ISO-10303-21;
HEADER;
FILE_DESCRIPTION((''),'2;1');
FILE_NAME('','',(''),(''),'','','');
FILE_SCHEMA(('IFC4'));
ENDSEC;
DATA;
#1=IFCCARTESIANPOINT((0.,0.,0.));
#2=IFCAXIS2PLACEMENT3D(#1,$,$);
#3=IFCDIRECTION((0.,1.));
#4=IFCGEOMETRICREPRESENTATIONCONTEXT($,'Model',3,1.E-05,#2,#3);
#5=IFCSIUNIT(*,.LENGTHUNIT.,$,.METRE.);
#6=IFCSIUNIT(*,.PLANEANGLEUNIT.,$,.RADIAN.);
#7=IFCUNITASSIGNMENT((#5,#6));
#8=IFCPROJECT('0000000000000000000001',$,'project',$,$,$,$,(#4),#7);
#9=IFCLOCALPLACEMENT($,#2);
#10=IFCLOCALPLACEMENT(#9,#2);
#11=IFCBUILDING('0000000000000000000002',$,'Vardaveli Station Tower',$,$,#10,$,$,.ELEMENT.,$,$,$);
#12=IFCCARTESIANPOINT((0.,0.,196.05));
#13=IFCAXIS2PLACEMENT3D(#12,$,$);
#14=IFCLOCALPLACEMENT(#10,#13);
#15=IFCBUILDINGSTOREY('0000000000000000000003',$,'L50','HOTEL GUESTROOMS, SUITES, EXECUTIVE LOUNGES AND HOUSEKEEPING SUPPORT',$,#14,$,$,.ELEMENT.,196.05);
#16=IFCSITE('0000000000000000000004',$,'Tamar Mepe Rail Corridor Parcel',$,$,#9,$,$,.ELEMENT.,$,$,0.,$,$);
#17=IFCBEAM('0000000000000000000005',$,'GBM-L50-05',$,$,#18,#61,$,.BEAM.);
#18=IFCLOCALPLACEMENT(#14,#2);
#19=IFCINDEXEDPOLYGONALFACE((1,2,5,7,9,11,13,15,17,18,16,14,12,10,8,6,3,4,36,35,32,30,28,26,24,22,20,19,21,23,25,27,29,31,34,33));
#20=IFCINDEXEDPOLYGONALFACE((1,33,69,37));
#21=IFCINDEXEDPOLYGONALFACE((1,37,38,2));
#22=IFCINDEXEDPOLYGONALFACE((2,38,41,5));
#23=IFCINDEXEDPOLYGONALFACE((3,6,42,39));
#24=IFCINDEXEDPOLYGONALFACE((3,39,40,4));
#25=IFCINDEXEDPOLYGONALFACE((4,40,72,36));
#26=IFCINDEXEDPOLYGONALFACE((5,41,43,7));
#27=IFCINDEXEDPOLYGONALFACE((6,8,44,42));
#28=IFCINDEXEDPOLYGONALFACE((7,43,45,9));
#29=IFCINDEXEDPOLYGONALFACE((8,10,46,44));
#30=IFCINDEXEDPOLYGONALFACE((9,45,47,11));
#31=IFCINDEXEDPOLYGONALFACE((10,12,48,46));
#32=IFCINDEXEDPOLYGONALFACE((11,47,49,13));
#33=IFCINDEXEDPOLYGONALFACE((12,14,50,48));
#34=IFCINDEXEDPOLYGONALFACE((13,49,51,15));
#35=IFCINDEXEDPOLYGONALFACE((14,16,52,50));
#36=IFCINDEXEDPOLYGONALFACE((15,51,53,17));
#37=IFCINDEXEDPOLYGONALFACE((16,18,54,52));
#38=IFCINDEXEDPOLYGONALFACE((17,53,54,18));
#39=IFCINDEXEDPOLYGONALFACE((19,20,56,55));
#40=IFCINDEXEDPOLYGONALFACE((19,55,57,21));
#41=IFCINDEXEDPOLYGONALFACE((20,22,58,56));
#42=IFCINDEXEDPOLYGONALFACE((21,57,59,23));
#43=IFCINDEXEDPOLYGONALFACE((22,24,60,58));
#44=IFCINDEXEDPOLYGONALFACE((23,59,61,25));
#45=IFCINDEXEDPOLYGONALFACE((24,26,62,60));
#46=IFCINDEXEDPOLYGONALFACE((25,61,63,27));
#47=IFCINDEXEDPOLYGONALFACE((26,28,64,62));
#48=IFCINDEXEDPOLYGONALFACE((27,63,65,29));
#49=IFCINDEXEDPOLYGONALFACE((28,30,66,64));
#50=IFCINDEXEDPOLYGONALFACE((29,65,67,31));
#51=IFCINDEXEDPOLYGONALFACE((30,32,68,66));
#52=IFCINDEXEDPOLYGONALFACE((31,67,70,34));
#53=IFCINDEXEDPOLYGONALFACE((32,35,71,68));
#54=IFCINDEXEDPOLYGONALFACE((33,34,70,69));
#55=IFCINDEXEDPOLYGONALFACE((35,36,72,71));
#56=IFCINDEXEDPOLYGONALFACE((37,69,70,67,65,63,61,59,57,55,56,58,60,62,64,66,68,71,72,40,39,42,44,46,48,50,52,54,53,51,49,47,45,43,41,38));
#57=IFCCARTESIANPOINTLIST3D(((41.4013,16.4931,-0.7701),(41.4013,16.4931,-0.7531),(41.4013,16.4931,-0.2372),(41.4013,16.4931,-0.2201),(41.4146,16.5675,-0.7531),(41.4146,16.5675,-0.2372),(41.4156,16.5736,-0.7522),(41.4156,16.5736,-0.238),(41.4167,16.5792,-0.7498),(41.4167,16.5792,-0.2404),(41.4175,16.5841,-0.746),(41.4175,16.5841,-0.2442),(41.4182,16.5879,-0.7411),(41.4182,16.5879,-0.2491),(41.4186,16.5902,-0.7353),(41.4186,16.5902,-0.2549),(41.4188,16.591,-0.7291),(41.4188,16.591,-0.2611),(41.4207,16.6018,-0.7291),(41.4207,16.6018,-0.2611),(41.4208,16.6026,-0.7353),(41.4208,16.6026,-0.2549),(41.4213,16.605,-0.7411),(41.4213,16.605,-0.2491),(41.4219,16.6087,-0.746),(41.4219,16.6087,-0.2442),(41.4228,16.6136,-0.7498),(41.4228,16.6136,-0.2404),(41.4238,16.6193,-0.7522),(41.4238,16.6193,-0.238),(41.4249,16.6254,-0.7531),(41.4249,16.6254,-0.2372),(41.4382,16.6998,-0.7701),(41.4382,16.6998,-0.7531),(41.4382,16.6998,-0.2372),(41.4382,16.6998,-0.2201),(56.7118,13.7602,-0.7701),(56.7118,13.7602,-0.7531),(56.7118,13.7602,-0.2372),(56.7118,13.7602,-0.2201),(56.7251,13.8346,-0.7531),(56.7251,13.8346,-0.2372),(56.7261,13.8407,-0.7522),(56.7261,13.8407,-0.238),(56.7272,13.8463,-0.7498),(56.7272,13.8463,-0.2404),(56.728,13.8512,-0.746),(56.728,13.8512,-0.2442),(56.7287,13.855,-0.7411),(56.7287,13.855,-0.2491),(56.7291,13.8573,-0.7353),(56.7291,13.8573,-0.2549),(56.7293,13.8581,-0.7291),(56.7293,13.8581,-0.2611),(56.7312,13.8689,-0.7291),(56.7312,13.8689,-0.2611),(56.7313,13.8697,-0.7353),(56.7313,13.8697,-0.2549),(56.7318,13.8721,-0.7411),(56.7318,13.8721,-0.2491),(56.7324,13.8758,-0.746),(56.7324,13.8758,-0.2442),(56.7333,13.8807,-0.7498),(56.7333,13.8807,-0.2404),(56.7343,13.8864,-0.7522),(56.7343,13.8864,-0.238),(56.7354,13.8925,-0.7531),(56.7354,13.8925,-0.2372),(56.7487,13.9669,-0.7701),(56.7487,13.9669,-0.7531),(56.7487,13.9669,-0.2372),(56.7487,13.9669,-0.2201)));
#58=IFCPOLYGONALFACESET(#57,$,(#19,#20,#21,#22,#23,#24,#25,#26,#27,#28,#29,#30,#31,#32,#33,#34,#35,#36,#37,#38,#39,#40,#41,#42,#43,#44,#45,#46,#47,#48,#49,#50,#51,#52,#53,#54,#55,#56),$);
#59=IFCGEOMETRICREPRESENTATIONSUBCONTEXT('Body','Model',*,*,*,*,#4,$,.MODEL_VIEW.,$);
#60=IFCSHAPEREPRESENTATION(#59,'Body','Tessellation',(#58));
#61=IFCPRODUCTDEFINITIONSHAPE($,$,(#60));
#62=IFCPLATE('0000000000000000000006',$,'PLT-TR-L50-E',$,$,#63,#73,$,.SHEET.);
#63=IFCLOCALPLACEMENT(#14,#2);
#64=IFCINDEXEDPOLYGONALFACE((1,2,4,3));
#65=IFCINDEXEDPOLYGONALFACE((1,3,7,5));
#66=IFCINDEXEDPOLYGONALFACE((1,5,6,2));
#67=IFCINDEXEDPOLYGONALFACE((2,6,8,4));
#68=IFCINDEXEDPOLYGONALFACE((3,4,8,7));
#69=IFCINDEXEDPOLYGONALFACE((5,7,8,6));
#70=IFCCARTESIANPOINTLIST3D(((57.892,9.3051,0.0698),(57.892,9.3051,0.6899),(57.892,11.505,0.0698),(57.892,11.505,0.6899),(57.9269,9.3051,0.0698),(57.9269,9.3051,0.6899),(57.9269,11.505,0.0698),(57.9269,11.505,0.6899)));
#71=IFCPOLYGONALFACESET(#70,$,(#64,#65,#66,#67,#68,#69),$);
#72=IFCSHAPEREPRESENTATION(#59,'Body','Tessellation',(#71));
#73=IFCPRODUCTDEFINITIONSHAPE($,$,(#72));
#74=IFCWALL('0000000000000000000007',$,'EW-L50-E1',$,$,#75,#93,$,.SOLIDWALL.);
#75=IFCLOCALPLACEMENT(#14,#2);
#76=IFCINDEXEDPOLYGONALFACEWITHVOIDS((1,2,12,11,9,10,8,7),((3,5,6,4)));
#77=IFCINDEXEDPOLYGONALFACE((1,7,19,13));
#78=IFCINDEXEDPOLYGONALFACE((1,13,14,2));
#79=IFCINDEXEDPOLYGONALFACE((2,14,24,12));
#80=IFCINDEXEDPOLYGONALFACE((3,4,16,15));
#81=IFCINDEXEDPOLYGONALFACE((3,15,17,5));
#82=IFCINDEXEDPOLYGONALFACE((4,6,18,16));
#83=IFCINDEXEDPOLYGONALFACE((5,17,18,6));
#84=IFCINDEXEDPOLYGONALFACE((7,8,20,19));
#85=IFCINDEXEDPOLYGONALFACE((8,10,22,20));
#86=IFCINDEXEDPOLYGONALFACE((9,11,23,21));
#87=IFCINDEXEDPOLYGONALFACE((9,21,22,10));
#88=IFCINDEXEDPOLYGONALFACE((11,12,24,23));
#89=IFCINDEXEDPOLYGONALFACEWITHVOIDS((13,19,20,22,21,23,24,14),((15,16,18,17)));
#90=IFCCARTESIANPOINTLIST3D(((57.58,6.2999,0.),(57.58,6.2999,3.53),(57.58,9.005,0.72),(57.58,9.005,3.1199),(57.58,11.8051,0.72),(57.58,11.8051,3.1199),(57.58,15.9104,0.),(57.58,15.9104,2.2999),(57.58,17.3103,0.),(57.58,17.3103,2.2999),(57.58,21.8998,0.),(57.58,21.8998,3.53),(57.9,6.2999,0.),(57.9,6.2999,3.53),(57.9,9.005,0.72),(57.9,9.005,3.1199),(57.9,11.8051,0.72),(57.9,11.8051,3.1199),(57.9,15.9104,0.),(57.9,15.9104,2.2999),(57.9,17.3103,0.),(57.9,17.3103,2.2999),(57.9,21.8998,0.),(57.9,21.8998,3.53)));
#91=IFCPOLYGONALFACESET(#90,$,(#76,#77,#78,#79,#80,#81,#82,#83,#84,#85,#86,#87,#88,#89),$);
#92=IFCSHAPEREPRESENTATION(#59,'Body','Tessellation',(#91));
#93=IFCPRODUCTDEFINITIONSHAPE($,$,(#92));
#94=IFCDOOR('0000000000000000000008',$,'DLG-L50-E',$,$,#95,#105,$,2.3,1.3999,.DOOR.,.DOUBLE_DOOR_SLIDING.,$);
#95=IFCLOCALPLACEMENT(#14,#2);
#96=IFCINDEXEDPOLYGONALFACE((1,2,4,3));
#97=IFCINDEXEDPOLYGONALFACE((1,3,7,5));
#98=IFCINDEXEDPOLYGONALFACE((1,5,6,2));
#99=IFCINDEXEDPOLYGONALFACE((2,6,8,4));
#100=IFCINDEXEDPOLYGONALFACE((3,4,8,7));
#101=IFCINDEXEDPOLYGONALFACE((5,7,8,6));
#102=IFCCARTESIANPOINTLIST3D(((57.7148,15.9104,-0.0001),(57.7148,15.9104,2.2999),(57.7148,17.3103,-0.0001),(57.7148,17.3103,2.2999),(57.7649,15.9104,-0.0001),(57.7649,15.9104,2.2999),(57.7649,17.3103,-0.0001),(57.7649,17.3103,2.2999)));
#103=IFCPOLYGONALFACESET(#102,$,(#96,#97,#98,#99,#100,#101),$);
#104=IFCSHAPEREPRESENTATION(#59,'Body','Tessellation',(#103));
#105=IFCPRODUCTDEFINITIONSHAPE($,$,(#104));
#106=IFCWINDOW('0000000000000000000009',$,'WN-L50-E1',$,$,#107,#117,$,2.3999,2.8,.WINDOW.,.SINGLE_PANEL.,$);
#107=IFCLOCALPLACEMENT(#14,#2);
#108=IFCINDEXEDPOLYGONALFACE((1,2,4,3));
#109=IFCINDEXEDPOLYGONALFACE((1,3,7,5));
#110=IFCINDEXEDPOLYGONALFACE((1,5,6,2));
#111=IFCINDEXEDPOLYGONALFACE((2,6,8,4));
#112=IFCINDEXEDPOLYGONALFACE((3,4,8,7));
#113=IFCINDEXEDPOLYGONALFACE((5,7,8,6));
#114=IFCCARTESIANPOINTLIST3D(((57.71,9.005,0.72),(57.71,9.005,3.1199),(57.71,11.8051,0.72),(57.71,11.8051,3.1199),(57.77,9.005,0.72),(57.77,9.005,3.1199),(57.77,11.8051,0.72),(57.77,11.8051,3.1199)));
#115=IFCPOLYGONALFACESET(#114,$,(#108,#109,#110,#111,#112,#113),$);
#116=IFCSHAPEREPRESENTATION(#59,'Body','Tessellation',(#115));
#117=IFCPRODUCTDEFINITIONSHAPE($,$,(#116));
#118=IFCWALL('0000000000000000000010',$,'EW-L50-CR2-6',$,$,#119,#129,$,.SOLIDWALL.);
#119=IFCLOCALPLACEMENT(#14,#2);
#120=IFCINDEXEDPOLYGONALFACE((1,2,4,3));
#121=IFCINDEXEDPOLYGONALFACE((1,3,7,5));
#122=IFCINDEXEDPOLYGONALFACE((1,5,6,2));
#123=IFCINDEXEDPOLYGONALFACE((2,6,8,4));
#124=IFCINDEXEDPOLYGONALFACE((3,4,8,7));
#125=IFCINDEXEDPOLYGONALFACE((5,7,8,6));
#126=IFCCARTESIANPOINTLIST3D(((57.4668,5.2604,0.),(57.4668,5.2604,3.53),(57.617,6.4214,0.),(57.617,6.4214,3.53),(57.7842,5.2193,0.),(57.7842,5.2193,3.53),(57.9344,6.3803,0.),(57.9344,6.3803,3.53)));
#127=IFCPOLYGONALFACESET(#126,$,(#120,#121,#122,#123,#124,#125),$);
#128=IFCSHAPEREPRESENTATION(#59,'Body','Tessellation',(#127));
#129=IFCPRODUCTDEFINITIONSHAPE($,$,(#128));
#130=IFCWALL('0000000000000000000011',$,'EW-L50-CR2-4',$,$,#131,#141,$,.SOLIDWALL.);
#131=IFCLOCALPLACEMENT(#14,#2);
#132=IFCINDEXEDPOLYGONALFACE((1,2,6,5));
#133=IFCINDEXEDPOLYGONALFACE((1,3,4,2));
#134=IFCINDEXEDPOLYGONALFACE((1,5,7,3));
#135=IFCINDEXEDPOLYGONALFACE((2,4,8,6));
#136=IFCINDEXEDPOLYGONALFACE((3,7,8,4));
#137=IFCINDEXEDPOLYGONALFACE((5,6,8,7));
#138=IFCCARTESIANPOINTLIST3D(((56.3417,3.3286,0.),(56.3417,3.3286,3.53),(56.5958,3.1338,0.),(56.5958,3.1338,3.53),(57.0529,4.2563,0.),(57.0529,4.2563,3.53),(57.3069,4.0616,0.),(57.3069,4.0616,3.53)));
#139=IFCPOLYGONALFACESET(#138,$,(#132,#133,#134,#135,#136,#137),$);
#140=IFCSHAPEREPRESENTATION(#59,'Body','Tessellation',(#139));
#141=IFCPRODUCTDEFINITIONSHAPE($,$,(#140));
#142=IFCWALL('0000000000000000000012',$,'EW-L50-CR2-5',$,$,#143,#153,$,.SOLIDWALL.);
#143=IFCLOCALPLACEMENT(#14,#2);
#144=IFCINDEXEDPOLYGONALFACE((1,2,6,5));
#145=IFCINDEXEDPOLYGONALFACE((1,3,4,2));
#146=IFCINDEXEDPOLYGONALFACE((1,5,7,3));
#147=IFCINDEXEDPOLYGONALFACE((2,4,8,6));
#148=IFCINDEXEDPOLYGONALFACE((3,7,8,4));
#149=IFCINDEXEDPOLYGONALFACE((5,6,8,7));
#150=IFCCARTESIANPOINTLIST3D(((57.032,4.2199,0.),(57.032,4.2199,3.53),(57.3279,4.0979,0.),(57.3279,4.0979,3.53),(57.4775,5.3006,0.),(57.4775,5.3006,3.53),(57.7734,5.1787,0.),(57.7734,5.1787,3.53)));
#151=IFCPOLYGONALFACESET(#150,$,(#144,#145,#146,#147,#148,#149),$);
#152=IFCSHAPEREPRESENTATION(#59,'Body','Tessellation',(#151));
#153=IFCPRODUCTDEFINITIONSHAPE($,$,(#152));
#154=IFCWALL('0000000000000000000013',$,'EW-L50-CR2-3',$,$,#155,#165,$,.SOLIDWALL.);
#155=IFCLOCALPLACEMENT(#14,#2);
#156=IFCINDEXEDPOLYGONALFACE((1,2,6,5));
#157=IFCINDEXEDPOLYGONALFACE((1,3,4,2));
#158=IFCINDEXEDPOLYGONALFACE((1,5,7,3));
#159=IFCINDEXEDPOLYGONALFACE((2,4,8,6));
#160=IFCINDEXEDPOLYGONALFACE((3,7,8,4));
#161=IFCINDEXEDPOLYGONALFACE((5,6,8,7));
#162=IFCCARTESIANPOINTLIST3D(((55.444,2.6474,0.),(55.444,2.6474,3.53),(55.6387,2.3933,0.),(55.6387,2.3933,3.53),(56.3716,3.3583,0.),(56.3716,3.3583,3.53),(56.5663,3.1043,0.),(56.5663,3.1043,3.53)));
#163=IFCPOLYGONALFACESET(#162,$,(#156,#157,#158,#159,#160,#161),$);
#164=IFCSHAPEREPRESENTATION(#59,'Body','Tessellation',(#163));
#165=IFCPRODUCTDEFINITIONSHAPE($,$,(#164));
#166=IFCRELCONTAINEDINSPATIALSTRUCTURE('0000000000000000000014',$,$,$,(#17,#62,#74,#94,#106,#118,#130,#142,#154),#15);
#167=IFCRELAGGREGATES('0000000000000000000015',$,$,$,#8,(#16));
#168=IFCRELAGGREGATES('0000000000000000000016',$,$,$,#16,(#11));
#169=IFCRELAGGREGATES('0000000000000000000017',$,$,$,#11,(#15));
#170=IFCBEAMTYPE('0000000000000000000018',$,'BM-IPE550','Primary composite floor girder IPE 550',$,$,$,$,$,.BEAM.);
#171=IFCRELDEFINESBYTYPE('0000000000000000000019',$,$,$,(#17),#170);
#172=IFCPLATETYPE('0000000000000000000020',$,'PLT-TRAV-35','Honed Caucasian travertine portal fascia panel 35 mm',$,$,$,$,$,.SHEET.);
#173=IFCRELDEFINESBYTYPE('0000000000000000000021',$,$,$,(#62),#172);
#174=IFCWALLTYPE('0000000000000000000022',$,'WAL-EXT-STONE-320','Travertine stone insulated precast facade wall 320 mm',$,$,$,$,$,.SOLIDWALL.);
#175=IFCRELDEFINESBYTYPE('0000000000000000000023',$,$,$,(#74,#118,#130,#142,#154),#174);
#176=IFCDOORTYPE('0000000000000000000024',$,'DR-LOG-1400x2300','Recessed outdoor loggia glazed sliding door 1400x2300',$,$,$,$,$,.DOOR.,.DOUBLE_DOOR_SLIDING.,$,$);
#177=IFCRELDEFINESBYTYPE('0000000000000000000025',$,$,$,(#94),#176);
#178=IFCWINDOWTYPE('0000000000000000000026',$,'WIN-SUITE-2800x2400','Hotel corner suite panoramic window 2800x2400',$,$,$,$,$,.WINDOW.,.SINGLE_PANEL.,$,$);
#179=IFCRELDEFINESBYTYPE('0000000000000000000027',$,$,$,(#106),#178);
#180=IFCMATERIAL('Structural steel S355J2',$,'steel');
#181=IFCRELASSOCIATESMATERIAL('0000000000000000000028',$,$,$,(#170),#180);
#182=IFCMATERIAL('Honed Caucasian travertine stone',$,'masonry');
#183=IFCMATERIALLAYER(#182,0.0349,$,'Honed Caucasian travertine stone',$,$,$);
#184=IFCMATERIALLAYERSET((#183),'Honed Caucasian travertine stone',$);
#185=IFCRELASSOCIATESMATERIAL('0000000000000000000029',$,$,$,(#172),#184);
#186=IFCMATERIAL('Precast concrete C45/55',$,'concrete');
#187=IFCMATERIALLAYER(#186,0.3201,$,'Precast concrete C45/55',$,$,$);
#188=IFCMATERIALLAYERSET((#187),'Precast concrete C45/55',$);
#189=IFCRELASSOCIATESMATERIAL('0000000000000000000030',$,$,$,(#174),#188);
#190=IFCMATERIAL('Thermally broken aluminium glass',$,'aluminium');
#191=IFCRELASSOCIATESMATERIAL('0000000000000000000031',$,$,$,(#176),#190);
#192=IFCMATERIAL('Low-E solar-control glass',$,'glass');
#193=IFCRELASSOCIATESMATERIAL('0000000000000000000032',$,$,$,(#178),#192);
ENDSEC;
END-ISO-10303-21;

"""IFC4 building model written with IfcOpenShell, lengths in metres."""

from ifc_helpers import new_model, si_unit, direction, frame, frame_2d, origin, origin_2d, place, context, subcontext, project, spatial, rectangle, i_section, extrude, source, transform, mapped, material, layer, layer_set, material_profile, profile_set, type_object, element, fill, save


model = new_model("IFC4")

# Units and contexts
model_context = context("Model", 3, precision=1e-05, world=origin(), true_north=direction((0.0, 1.0)))
body_context = subcontext(model_context, "Body", "Model", "MODEL_VIEW")
ifc_project = project(units=[si_unit("LENGTHUNIT", "METRE"), si_unit("PLANEANGLEUNIT", "RADIAN")], contexts=[model_context])

# Site, building, storey
site_placement = place(None, origin())
site = spatial("IfcSite", under=ifc_project, at=site_placement, Name="Tamar Mepe Rail Corridor Parcel", CompositionType="ELEMENT", RefElevation=0.0)
building_placement = place(site_placement, origin())
building = spatial("IfcBuilding", under=site, at=building_placement, Name="Vardaveli Station Tower", CompositionType="ELEMENT")
storey_placement = place(building_placement, frame((0.0, 0.0, 196.05)))
storey = spatial("IfcBuildingStorey", under=building, at=storey_placement, Name="L50", Description="HOTEL GUESTROOMS, SUITES, EXECUTIVE LOUNGES AND HOUSEKEEPING SUPPORT", CompositionType="ELEMENT", Elevation=196.05)

# Beam
ifc_material_1 = material(Name="Precast concrete C45/55", Category="concrete")
ifc_material_2 = material(Name="Structural steel S355J2", Category="steel")
ifc_material_profile_1 = material_profile(ifc_material_2, i_section(OverallWidth=0.21, OverallDepth=0.55, WebThickness=0.011, FlangeThickness=0.0171, FilletRadius=0.0239, at=origin_2d()), Name="IPE 550")
ifc_profile_set_1 = profile_set([ifc_material_profile_1], Name="Structural steel S355J2")
beam_type_1 = type_object("IfcBeamType", Name="BM-IPE550", Description="Primary composite floor girder IPE 550", PredefinedType="BEAM", material=ifc_profile_set_1)
shared_shape_1 = source(origin(), body_context, "Body", "SweptSolid", [
    extrude(i_section(OverallWidth=0.21, OverallDepth=0.55, WebThickness=0.011, FlangeThickness=0.0171, FilletRadius=0.0239, at=origin_2d()), origin(), (0.0, 0.0, 1.0), 15.5525),
])
beam_1_placement = place(storey_placement, frame((56.7302, 13.8635, -0.4951), z_axis=(-0.98444, 0.175721, 0.0), x_axis=(-0.175721, -0.98444, 0.0)))
element("IfcBeam", 1, at=beam_1_placement, inside=storey, type_object=beam_type_1, Name="GBM-L50-05", PredefinedType="BEAM", context=body_context, shape_type="MappedRepresentation", body=[
    mapped(shared_shape_1, transform((0.0, 0.0, 0.0), scale=1.0)),
])

# Plate
ifc_material_3 = material(Name="Honed Caucasian travertine stone", Category="masonry")
ifc_layer_1 = layer(ifc_material_3, 0.0349, Name="Honed Caucasian travertine stone")
ifc_layer_set_1 = layer_set([ifc_layer_1], Name="Honed Caucasian travertine stone")
plate_type = type_object("IfcPlateType", Name="PLT-TRAV-35", Description="Honed Caucasian travertine portal fascia panel 35 mm", PredefinedType="SHEET", material=ifc_layer_set_1)
shared_shape_2 = source(origin(), body_context, "Body", "SweptSolid", [
    extrude(rectangle(XDim=2.2, YDim=0.0349, at=origin_2d()), origin(), (0.0, 0.0, 1.0), 0.6201),
])
plate_placement = place(storey_placement, frame((57.9094, 10.405, 0.0698), z_axis=(0.0, 0.0, 1.0), x_axis=(0.0, 1.0, 0.0)))
element("IfcPlate", 2, at=plate_placement, inside=storey, type_object=plate_type, Name="PLT-TR-L50-E", PredefinedType="SHEET", context=body_context, shape_type="MappedRepresentation", body=[
    mapped(shared_shape_2, transform((0.0, 0.0, 0.0), scale=1.0)),
])

# Wall, openings, door, window
ifc_layer_2 = layer(ifc_material_1, 0.3201, Name="Precast concrete C45/55")
ifc_layer_set_2 = layer_set([ifc_layer_2], Name="Precast concrete C45/55")
wall_type_1 = type_object("IfcWallType", Name="WAL-EXT-STONE-320", Description="Travertine stone insulated precast facade wall 320 mm", PredefinedType="SOLIDWALL", material=ifc_layer_set_2)
shared_shape_3 = source(origin(), body_context, "Body", "SweptSolid", [
    extrude(rectangle(XDim=15.5999, YDim=0.3201, at=frame_2d((7.7998, 0.0))), origin(), (0.0, 0.0, 1.0), 3.53),
])
wall_1_placement = place(storey_placement, frame((57.74, 6.3, 0.0), z_axis=(0.0, 0.0, 1.0), x_axis=(0.0, 1.0, 0.0)))
wall_1 = element("IfcWall", 3, at=wall_1_placement, inside=storey, type_object=wall_type_1, Name="EW-L50-E1", PredefinedType="SOLIDWALL", context=body_context, shape_type="MappedRepresentation", body=[
    mapped(shared_shape_3, transform((0.0, 0.0, 0.0), scale=1.0)),
])
shared_shape_4 = source(origin(), body_context, "Body", "SweptSolid", [
    extrude(rectangle(XDim=1.3999, YDim=2.3, at=frame_2d((0.7, 1.1499))), frame((0.0, 0.1699, 0.0), z_axis=(0.0, -1.0, 0.0), x_axis=(1.0, 0.0, 0.0)), (0.0, 0.0, 1.0), 0.3401),
])
opening_1_placement = place(wall_1_placement, frame((9.6104, 0.0, 0.0)))
opening_1 = element("IfcOpeningElement", 4, at=opening_1_placement, cuts=wall_1, PredefinedType="OPENING", context=body_context, shape_type="MappedRepresentation", body=[
    mapped(shared_shape_4, transform((0.0, 0.0, 0.0), scale=1.0)),
])
shared_shape_5 = source(origin(), body_context, "Body", "SweptSolid", [
    extrude(rectangle(XDim=2.8, YDim=2.3999, at=frame_2d((1.3999, 1.2))), frame((0.0, 0.1699, 0.0), z_axis=(0.0, -1.0, 0.0), x_axis=(1.0, 0.0, 0.0)), (0.0, 0.0, 1.0), 0.3401),
])
opening_2_placement = place(wall_1_placement, frame((2.7051, 0.0, 0.72)))
opening_2 = element("IfcOpeningElement", 5, at=opening_2_placement, cuts=wall_1, PredefinedType="OPENING", context=body_context, shape_type="MappedRepresentation", body=[
    mapped(shared_shape_5, transform((0.0, 0.0, 0.0), scale=1.0)),
])
ifc_material_4 = material(Name="Thermally broken aluminium glass", Category="aluminium")
door_type_1 = type_object("IfcDoorType", Name="DR-LOG-1400x2300", Description="Recessed outdoor loggia glazed sliding door 1400x2300", OperationType="DOUBLE_DOOR_SLIDING", PredefinedType="DOOR", material=ifc_material_4)
shared_shape_6 = source(origin(), body_context, "Body", "SweptSolid", [
    extrude(rectangle(XDim=1.3999, YDim=2.3, at=frame_2d((0.7, 1.1499))), frame((0.0, 0.0249, 0.0), z_axis=(0.0, -1.0, 0.0), x_axis=(1.0, 0.0, 0.0)), (0.0, 0.0, 1.0), 0.05),
])
door_1_placement = place(opening_1_placement, frame((1.3999, 0.0, 0.0), z_axis=(0.0, 0.0, 1.0), x_axis=(-1.0, 0.0, 0.0)))
door_1 = element("IfcDoor", 6, at=door_1_placement, inside=storey, type_object=door_type_1, Name="DLG-L50-E", OperationType="DOUBLE_DOOR_SLIDING", OverallHeight=2.3, OverallWidth=1.3999, PredefinedType="DOOR", context=body_context, shape_type="MappedRepresentation", body=[
    mapped(shared_shape_6, transform((0.0, 0.0, 0.0), scale=1.0)),
])
fill(opening_1, door_1)
ifc_material_5 = material(Name="Low-E solar-control glass", Category="glass")
window_type = type_object("IfcWindowType", Name="WIN-SUITE-2800x2400", Description="Hotel corner suite panoramic window 2800x2400", PartitioningType="SINGLE_PANEL", PredefinedType="WINDOW", material=ifc_material_5)
shared_shape_7 = source(origin(), body_context, "Body", "SweptSolid", [
    extrude(rectangle(XDim=2.8, YDim=2.3999, at=frame_2d((1.3999, 1.2))), frame((0.0, 0.03, 0.0), z_axis=(0.0, -1.0, 0.0), x_axis=(1.0, 0.0, 0.0)), (0.0, 0.0, 1.0), 0.0601),
])
window_placement = place(opening_2_placement, origin())
window = element("IfcWindow", 7, at=window_placement, inside=storey, type_object=window_type, Name="WN-L50-E1", OverallHeight=2.3999, OverallWidth=2.8, PartitioningType="SINGLE_PANEL", PredefinedType="WINDOW", context=body_context, shape_type="MappedRepresentation", body=[
    mapped(shared_shape_7, transform((0.0, 0.0, 0.0), scale=1.0)),
])
fill(opening_2, window)

# Walls
shared_shape_8 = source(origin(), body_context, "Body", "SweptSolid", [
    extrude(rectangle(XDim=1.1707, YDim=0.3201, at=frame_2d((0.5854, 0.0))), origin(), (0.0, 0.0, 1.0), 3.53),
])
wall_2_placement = place(storey_placement, frame((57.6255, 5.2397, 0.0), z_axis=(0.0, 0.0, 1.0), x_axis=(0.128269, 0.991739, 0.0)))
element("IfcWall", 8, at=wall_2_placement, inside=storey, type_object=wall_type_1, Name="EW-L50-CR2-6", PredefinedType="SOLIDWALL", context=body_context, shape_type="MappedRepresentation", body=[
    mapped(shared_shape_8, transform((0.0, 0.0, 0.0), scale=1.0)),
])
shared_shape_9 = source(origin(), body_context, "Body", "SweptSolid", [
    extrude(rectangle(XDim=1.1689, YDim=0.3201, at=frame_2d((0.5845, 0.0))), origin(), (0.0, 0.0, 1.0), 3.53),
])
for number, where, z_axis, x_axis, name in (
    (9, (56.4688, 3.2312, 0.0), (0.0, 0.0, 1.0), (0.608388, 0.79364, 0.0), "EW-L50-CR2-4"),
    (10, (57.1799, 4.1589, 0.0), (0.0, 0.0, 1.0), (0.381128, 0.924522, 0.0), "EW-L50-CR2-5"),
):
    element("IfcWall", number, at=place(storey_placement, frame(where, z_axis=z_axis, x_axis=x_axis)), inside=storey, type_object=wall_type_1, Name=name, PredefinedType="SOLIDWALL", context=body_context, shape_type="MappedRepresentation", body=[
        mapped(shared_shape_9, transform((0.0, 0.0, 0.0), scale=1.0)),
    ])
shared_shape_10 = source(origin(), body_context, "Body", "SweptSolid", [
    extrude(rectangle(XDim=1.1687, YDim=0.3201, at=frame_2d((0.5845, 0.0))), origin(), (0.0, 0.0, 1.0), 3.53),
])
wall_3_placement = place(storey_placement, frame((55.5413, 2.5203, 0.0), z_axis=(0.0, 0.0, 1.0), x_axis=(0.793664, 0.608357, 0.0)))
element("IfcWall", 11, at=wall_3_placement, inside=storey, type_object=wall_type_1, Name="EW-L50-CR2-3", PredefinedType="SOLIDWALL", context=body_context, shape_type="MappedRepresentation", body=[
    mapped(shared_shape_10, transform((0.0, 0.0, 0.0), scale=1.0)),
])

save(model, "model.ifc")
